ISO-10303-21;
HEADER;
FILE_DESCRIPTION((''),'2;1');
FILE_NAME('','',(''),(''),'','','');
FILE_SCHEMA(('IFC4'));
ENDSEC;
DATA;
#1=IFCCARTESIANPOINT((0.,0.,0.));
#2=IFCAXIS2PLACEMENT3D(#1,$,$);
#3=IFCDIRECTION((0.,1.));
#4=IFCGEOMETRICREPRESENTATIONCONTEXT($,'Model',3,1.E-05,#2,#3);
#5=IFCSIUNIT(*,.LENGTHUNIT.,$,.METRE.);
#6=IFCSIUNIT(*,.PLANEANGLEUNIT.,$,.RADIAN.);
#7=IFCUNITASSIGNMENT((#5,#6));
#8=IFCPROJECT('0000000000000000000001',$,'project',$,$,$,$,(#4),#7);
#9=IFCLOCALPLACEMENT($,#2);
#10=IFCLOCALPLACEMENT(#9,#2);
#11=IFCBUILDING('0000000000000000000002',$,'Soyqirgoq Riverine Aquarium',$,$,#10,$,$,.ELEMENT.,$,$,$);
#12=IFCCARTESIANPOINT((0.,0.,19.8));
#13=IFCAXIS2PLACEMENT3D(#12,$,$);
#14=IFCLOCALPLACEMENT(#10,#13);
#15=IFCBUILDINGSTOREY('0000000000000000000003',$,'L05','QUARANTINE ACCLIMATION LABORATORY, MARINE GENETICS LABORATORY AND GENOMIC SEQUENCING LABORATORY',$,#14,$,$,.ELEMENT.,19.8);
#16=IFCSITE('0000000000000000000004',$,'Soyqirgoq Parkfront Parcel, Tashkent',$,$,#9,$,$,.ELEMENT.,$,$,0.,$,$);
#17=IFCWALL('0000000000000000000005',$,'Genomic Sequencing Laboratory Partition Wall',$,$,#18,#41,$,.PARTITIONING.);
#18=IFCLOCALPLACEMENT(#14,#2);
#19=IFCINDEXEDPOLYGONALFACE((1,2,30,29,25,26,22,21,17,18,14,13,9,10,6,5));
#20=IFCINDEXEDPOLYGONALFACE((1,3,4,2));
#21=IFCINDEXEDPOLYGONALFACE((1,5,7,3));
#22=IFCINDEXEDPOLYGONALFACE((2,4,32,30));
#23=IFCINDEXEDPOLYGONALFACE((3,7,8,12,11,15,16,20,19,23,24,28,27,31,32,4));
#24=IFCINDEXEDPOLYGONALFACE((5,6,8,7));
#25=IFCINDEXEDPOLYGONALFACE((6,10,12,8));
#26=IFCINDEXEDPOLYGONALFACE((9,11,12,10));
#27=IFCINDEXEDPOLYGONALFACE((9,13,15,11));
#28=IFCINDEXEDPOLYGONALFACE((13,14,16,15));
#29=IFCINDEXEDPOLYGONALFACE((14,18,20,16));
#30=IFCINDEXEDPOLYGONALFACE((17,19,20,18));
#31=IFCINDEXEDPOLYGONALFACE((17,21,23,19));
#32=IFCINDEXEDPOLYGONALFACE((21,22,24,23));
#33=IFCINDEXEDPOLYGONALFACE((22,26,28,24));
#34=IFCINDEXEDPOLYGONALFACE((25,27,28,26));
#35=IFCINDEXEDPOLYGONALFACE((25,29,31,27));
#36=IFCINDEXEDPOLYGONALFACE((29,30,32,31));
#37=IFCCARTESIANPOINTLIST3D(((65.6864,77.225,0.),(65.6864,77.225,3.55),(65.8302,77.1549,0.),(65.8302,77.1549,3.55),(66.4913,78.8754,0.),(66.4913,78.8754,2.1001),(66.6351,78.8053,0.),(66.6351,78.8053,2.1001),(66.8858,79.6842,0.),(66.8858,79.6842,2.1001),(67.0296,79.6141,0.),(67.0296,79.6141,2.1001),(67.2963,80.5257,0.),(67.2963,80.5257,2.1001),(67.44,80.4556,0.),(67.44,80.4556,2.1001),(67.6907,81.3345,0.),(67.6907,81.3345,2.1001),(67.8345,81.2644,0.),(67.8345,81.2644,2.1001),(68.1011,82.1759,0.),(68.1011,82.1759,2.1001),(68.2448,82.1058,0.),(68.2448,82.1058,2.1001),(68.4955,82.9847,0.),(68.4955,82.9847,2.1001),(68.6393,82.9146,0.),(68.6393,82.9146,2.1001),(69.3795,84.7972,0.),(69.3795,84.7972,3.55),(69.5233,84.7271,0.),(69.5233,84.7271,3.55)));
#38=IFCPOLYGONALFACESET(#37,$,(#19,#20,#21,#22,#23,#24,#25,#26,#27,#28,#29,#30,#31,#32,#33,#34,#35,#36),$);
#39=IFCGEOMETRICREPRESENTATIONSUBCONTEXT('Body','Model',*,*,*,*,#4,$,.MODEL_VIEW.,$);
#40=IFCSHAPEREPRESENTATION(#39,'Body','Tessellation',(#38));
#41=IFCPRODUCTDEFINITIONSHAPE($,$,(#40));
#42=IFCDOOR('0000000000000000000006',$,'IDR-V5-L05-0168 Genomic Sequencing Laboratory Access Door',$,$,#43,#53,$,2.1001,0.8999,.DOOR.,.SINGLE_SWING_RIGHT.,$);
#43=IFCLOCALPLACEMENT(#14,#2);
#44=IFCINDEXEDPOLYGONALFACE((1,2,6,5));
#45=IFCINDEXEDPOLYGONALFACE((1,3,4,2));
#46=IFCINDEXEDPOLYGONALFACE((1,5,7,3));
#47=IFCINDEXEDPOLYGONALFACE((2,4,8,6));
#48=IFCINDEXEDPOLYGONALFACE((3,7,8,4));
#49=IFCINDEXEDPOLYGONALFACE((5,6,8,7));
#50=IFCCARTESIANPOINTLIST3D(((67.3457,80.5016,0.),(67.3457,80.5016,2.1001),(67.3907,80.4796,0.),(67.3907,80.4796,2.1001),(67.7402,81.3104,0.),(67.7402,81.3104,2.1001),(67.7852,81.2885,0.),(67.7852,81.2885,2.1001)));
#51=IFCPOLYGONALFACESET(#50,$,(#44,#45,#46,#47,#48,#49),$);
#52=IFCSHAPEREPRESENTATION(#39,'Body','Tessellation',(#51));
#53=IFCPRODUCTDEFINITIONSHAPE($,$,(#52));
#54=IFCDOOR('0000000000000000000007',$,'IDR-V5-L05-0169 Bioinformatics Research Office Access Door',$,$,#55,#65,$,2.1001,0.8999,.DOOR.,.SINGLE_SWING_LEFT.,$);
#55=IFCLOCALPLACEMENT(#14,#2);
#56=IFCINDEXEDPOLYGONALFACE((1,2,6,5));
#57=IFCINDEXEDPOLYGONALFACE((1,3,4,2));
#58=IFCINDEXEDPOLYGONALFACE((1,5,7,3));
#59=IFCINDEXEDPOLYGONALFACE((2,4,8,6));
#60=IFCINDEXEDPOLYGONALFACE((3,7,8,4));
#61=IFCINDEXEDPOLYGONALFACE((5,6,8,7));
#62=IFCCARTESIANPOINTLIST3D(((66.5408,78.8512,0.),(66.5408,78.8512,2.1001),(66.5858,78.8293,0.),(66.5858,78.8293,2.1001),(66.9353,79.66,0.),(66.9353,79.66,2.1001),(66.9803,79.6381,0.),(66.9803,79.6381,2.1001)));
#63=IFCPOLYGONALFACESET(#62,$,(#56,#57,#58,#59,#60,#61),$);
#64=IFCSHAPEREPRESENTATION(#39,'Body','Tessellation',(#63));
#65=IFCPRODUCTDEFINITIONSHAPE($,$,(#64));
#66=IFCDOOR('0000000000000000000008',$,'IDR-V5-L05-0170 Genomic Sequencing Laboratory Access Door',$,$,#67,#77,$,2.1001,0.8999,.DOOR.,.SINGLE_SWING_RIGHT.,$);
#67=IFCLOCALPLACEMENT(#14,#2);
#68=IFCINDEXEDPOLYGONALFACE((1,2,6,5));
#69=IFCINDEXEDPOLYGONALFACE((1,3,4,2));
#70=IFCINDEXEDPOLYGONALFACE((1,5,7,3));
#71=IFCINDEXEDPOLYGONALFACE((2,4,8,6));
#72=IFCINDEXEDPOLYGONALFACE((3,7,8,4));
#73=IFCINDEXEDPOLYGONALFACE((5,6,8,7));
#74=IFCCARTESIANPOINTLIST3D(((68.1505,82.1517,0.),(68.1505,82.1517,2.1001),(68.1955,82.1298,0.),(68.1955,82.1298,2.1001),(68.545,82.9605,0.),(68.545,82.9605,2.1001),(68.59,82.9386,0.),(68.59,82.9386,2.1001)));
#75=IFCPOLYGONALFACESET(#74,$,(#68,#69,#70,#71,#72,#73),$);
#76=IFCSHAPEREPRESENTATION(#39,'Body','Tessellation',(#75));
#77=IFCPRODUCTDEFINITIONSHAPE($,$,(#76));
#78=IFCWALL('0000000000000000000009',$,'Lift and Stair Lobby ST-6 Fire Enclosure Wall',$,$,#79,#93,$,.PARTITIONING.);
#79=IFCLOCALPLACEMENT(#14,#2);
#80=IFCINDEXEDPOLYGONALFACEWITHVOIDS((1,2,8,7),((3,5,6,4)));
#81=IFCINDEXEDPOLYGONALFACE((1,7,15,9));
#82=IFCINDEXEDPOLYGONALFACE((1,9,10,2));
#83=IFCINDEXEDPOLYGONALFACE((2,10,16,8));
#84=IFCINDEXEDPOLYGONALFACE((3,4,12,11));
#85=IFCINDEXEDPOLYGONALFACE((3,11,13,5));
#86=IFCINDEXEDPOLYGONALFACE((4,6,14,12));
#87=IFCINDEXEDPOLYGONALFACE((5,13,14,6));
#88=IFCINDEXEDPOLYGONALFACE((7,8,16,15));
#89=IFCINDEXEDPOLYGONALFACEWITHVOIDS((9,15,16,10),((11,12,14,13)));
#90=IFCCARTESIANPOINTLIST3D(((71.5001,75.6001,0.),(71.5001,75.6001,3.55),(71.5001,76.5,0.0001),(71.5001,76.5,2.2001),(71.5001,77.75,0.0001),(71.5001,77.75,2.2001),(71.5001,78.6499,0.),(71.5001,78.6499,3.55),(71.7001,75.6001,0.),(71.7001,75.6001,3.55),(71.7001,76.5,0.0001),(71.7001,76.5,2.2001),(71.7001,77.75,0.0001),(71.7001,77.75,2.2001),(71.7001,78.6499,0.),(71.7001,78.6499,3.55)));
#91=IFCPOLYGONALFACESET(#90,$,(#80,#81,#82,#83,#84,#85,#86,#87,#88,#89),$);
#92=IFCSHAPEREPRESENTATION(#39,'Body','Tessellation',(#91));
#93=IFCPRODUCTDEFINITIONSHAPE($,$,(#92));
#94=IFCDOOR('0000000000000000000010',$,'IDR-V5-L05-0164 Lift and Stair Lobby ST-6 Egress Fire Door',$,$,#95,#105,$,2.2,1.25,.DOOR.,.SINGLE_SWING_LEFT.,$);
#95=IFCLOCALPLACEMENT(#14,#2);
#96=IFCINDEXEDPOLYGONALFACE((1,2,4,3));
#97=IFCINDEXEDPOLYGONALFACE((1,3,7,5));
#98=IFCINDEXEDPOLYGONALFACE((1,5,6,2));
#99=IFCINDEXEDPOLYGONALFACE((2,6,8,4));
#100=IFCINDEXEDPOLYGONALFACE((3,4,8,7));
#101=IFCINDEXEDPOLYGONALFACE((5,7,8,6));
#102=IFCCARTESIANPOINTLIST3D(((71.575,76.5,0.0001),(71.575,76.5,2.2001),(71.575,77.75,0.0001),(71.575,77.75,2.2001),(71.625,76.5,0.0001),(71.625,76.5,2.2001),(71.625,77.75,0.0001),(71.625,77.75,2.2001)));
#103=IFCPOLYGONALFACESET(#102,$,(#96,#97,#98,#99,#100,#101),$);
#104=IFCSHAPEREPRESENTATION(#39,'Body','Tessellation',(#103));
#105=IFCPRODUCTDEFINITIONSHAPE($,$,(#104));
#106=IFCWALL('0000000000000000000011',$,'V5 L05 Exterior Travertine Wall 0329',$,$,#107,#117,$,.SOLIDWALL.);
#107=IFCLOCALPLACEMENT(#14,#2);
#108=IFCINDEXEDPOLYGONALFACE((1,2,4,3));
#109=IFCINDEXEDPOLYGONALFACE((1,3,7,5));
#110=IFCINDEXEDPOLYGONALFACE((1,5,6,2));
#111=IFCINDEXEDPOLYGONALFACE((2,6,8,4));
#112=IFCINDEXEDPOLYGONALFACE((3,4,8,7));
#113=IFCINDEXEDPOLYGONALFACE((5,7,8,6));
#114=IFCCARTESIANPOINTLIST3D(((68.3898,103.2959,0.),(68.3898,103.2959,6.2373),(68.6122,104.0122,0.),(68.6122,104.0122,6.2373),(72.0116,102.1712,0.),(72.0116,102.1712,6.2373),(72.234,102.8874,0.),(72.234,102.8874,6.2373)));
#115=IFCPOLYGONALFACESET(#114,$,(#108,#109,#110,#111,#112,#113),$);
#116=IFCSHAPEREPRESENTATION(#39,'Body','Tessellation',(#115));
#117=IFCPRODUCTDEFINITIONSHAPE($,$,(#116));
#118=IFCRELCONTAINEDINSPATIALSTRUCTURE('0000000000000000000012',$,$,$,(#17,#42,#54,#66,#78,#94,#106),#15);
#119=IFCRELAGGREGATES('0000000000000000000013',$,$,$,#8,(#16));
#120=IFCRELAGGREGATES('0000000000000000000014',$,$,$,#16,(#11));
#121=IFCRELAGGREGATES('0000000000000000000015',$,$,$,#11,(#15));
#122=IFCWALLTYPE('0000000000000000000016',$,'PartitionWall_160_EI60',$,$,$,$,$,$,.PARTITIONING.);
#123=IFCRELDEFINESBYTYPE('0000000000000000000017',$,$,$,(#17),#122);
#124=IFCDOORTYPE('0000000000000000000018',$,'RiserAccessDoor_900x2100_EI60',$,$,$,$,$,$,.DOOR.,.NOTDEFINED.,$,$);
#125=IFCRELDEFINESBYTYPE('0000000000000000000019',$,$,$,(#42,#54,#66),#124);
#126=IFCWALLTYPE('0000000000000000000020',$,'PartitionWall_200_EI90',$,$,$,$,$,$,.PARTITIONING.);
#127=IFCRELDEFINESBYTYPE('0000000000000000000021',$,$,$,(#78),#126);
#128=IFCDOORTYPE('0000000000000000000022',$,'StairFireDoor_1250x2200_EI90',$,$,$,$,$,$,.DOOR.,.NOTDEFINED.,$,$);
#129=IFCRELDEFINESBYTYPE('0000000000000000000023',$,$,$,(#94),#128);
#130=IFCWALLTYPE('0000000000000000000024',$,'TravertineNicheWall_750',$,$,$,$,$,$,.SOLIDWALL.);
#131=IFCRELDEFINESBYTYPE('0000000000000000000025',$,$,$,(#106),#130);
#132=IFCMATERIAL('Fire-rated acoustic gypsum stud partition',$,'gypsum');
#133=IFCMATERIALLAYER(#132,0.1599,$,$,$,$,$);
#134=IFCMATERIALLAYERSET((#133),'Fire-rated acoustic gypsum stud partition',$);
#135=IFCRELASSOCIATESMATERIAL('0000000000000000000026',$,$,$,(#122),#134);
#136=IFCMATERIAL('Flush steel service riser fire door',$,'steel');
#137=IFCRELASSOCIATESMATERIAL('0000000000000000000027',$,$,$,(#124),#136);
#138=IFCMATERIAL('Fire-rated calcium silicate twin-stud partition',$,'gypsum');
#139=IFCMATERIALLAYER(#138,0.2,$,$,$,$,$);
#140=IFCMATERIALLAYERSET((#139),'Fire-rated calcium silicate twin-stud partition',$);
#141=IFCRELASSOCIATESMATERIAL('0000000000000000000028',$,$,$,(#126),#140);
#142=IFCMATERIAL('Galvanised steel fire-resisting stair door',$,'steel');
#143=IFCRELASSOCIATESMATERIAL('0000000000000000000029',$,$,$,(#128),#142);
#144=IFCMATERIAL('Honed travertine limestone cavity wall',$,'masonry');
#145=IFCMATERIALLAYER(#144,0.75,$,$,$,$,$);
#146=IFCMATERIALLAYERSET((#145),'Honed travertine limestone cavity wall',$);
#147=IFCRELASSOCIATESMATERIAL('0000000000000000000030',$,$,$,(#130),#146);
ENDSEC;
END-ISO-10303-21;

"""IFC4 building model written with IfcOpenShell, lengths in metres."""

from ifc_helpers import new_model, si_unit, direction, frame, frame_2d, origin, place, context, subcontext, project, spatial, rectangle, extrude, material, layer, layer_set, type_object, element, fill, save


model = new_model("IFC4")

# Units and contexts
model_context = context("Model", 3, precision=1e-05, world=origin(), true_north=direction((0.0, 1.0)))
body_context = subcontext(model_context, "Body", "Model", "MODEL_VIEW")
ifc_project = project(units=[si_unit("LENGTHUNIT", "METRE"), si_unit("PLANEANGLEUNIT", "RADIAN")], contexts=[model_context])

# Site, building, storey
site_placement = place(None, origin())
site = spatial("IfcSite", under=ifc_project, at=site_placement, Name="Soyqirgoq Parkfront Parcel, Tashkent", CompositionType="ELEMENT", RefElevation=0.0)
building_placement = place(site_placement, origin())
building = spatial("IfcBuilding", under=site, at=building_placement, Name="Soyqirgoq Riverine Aquarium", CompositionType="ELEMENT")
storey_placement = place(building_placement, frame((0.0, 0.0, 19.8)))
storey = spatial("IfcBuildingStorey", under=building, at=storey_placement, Name="L05", Description="QUARANTINE ACCLIMATION LABORATORY, MARINE GENETICS LABORATORY AND GENOMIC SEQUENCING LABORATORY", CompositionType="ELEMENT", Elevation=19.8)

# Wall, openings, doors
ifc_material_1 = material(Name="Fire-rated acoustic gypsum stud partition", Category="gypsum")
ifc_layer_1 = layer(ifc_material_1, 0.1599)
ifc_layer_set_1 = layer_set([ifc_layer_1], Name="Fire-rated acoustic gypsum stud partition")
wall_type_1 = type_object("IfcWallType", Name="PartitionWall_160_EI60", PredefinedType="PARTITIONING", material=ifc_layer_set_1)
wall_1_placement = place(storey_placement, frame((65.7583, 77.1899, 0.0), z_axis=(0.0, 0.0, 1.0), x_axis=(0.438359, 0.8988, 0.0)))
wall_1 = element("IfcWall", 1, at=wall_1_placement, inside=storey, type_object=wall_type_1, Name="Genomic Sequencing Laboratory Partition Wall", PredefinedType="PARTITIONING", context=body_context, shape_type="SweptSolid", body=[
    extrude(rectangle(XDim=8.4248, YDim=0.1599, at=frame_2d((4.2124, 0.0))), origin(), (0.0, 0.0, 1.0), 3.55),
])
opening_1_placement = place(wall_1_placement, frame((3.6724, 0.0, 0.0)))
opening_1 = element("IfcOpeningElement", 2, at=opening_1_placement, cuts=wall_1, PredefinedType="OPENING", context=body_context, shape_type="SweptSolid", body=[
    extrude(rectangle(XDim=0.8999, YDim=2.1001, at=frame_2d((0.45, 1.05))), frame((0.0, 0.0898, 0.0), z_axis=(0.0, -1.0, 0.0), x_axis=(1.0, 0.0, 0.0)), (0.0, 0.0, 1.0), 0.1799),
])
opening_2_placement = place(wall_1_placement, frame((1.8362, 0.0, 0.0)))
opening_2 = element("IfcOpeningElement", 3, at=opening_2_placement, cuts=wall_1, PredefinedType="OPENING", context=body_context, shape_type="SweptSolid", body=[
    extrude(rectangle(XDim=0.8999, YDim=2.1001, at=frame_2d((0.45, 1.05))), frame((0.0, 0.0898, 0.0), z_axis=(0.0, -1.0, 0.0), x_axis=(1.0, 0.0, 0.0)), (0.0, 0.0, 1.0), 0.1799),
])
opening_3_placement = place(wall_1_placement, frame((5.5083, 0.0, 0.0)))
opening_3 = element("IfcOpeningElement", 4, at=opening_3_placement, cuts=wall_1, PredefinedType="OPENING", context=body_context, shape_type="SweptSolid", body=[
    extrude(rectangle(XDim=0.8999, YDim=2.1001, at=frame_2d((0.45, 1.05))), frame((0.0, 0.0898, 0.0), z_axis=(0.0, -1.0, 0.0), x_axis=(1.0, 0.0, 0.0)), (0.0, 0.0, 1.0), 0.1799),
])
ifc_material_2 = material(Name="Flush steel service riser fire door", Category="steel")
door_type_1 = type_object("IfcDoorType", Name="RiserAccessDoor_900x2100_EI60", OperationType="NOTDEFINED", PredefinedType="DOOR", material=ifc_material_2)
door_1_placement = place(opening_1_placement, origin())
door_1 = element("IfcDoor", 5, at=door_1_placement, inside=storey, type_object=door_type_1, Name="IDR-V5-L05-0168 Genomic Sequencing Laboratory Access Door", OperationType="SINGLE_SWING_RIGHT", OverallHeight=2.1001, OverallWidth=0.8999, PredefinedType="DOOR", context=body_context, shape_type="SweptSolid", body=[
    extrude(rectangle(XDim=0.8999, YDim=2.1001, at=frame_2d((0.45, 1.05))), frame((0.0, 0.0249, 0.0), z_axis=(0.0, -1.0, 0.0), x_axis=(1.0, 0.0, 0.0)), (0.0, 0.0, 1.0), 0.05),
])
fill(opening_1, door_1)
door_2_placement = place(opening_2_placement, origin())
door_2 = element("IfcDoor", 6, at=door_2_placement, inside=storey, type_object=door_type_1, Name="IDR-V5-L05-0169 Bioinformatics Research Office Access Door", OperationType="SINGLE_SWING_LEFT", OverallHeight=2.1001, OverallWidth=0.8999, PredefinedType="DOOR", context=body_context, shape_type="SweptSolid", body=[
    extrude(rectangle(XDim=0.8999, YDim=2.1001, at=frame_2d((0.45, 1.05))), frame((0.0, 0.0249, 0.0), z_axis=(0.0, -1.0, 0.0), x_axis=(1.0, 0.0, 0.0)), (0.0, 0.0, 1.0), 0.05),
])
fill(opening_2, door_2)
door_3_placement = place(opening_3_placement, origin())
door_3 = element("IfcDoor", 7, at=door_3_placement, inside=storey, type_object=door_type_1, Name="IDR-V5-L05-0170 Genomic Sequencing Laboratory Access Door", OperationType="SINGLE_SWING_RIGHT", OverallHeight=2.1001, OverallWidth=0.8999, PredefinedType="DOOR", context=body_context, shape_type="SweptSolid", body=[
    extrude(rectangle(XDim=0.8999, YDim=2.1001, at=frame_2d((0.45, 1.05))), frame((0.0, 0.0249, 0.0), z_axis=(0.0, -1.0, 0.0), x_axis=(1.0, 0.0, 0.0)), (0.0, 0.0, 1.0), 0.05),
])
fill(opening_3, door_3)

# Wall, opening, door
ifc_material_3 = material(Name="Fire-rated calcium silicate twin-stud partition", Category="gypsum")
ifc_layer_2 = layer(ifc_material_3, 0.2)
ifc_layer_set_2 = layer_set([ifc_layer_2], Name="Fire-rated calcium silicate twin-stud partition")
wall_type_2 = type_object("IfcWallType", Name="PartitionWall_200_EI90", PredefinedType="PARTITIONING", material=ifc_layer_set_2)
wall_2_placement = place(storey_placement, frame((71.6001, 78.6499, 0.0), z_axis=(0.0, 0.0, 1.0), x_axis=(0.0, -1.0, 0.0)))
wall_2 = element("IfcWall", 8, at=wall_2_placement, inside=storey, type_object=wall_type_2, Name="Lift and Stair Lobby ST-6 Fire Enclosure Wall", PredefinedType="PARTITIONING", context=body_context, shape_type="SweptSolid", body=[
    extrude(rectangle(XDim=3.0498, YDim=0.2, at=frame_2d((1.5249, 0.0))), origin(), (0.0, 0.0, 1.0), 3.55),
])
opening_4_placement = place(wall_2_placement, frame((0.8999, 0.0, 0.0)))
opening_4 = element("IfcOpeningElement", 9, at=opening_4_placement, cuts=wall_2, PredefinedType="OPENING", context=body_context, shape_type="SweptSolid", body=[
    extrude(rectangle(XDim=1.25, YDim=2.2, at=frame_2d((0.625, 1.1001))), frame((0.0, 0.1099, 0.0), z_axis=(0.0, -1.0, 0.0), x_axis=(1.0, 0.0, 0.0)), (0.0, 0.0, 1.0), 0.22),
])
ifc_material_4 = material(Name="Galvanised steel fire-resisting stair door", Category="steel")
door_type_2 = type_object("IfcDoorType", Name="StairFireDoor_1250x2200_EI90", OperationType="NOTDEFINED", PredefinedType="DOOR", material=ifc_material_4)
door_4_placement = place(opening_4_placement, origin())
door_4 = element("IfcDoor", 10, at=door_4_placement, inside=storey, type_object=door_type_2, Name="IDR-V5-L05-0164 Lift and Stair Lobby ST-6 Egress Fire Door", OperationType="SINGLE_SWING_LEFT", OverallHeight=2.2, OverallWidth=1.25, PredefinedType="DOOR", context=body_context, shape_type="SweptSolid", body=[
    extrude(rectangle(XDim=1.25, YDim=2.2, at=frame_2d((0.625, 1.1001))), frame((0.0, 0.0249, 0.0), z_axis=(0.0, -1.0, 0.0), x_axis=(1.0, 0.0, 0.0)), (0.0, 0.0, 1.0), 0.05),
])
fill(opening_4, door_4)
ifc_material_5 = material(Name="Honed travertine limestone cavity wall", Category="masonry")
ifc_layer_3 = layer(ifc_material_5, 0.75)
ifc_layer_set_3 = layer_set([ifc_layer_3], Name="Honed travertine limestone cavity wall")
wall_type_3 = type_object("IfcWallType", Name="TravertineNicheWall_750", PredefinedType="SOLIDWALL", material=ifc_layer_set_3)

# Wall
wall_3_placement = place(storey_placement, frame((68.501, 103.6541, 0.0), z_axis=(0.0, 0.0, 1.0), x_axis=(0.955009, -0.296577, 0.0)))
element("IfcWall", 11, at=wall_3_placement, inside=storey, type_object=wall_type_3, Name="V5 L05 Exterior Travertine Wall 0329", PredefinedType="SOLIDWALL", context=body_context, shape_type="SweptSolid", body=[
    extrude(rectangle(XDim=3.7925, YDim=0.75, at=frame_2d((1.8962, 0.0))), origin(), (0.0, 0.0, 1.0), 6.2373),
])

save(model, "model.ifc")
